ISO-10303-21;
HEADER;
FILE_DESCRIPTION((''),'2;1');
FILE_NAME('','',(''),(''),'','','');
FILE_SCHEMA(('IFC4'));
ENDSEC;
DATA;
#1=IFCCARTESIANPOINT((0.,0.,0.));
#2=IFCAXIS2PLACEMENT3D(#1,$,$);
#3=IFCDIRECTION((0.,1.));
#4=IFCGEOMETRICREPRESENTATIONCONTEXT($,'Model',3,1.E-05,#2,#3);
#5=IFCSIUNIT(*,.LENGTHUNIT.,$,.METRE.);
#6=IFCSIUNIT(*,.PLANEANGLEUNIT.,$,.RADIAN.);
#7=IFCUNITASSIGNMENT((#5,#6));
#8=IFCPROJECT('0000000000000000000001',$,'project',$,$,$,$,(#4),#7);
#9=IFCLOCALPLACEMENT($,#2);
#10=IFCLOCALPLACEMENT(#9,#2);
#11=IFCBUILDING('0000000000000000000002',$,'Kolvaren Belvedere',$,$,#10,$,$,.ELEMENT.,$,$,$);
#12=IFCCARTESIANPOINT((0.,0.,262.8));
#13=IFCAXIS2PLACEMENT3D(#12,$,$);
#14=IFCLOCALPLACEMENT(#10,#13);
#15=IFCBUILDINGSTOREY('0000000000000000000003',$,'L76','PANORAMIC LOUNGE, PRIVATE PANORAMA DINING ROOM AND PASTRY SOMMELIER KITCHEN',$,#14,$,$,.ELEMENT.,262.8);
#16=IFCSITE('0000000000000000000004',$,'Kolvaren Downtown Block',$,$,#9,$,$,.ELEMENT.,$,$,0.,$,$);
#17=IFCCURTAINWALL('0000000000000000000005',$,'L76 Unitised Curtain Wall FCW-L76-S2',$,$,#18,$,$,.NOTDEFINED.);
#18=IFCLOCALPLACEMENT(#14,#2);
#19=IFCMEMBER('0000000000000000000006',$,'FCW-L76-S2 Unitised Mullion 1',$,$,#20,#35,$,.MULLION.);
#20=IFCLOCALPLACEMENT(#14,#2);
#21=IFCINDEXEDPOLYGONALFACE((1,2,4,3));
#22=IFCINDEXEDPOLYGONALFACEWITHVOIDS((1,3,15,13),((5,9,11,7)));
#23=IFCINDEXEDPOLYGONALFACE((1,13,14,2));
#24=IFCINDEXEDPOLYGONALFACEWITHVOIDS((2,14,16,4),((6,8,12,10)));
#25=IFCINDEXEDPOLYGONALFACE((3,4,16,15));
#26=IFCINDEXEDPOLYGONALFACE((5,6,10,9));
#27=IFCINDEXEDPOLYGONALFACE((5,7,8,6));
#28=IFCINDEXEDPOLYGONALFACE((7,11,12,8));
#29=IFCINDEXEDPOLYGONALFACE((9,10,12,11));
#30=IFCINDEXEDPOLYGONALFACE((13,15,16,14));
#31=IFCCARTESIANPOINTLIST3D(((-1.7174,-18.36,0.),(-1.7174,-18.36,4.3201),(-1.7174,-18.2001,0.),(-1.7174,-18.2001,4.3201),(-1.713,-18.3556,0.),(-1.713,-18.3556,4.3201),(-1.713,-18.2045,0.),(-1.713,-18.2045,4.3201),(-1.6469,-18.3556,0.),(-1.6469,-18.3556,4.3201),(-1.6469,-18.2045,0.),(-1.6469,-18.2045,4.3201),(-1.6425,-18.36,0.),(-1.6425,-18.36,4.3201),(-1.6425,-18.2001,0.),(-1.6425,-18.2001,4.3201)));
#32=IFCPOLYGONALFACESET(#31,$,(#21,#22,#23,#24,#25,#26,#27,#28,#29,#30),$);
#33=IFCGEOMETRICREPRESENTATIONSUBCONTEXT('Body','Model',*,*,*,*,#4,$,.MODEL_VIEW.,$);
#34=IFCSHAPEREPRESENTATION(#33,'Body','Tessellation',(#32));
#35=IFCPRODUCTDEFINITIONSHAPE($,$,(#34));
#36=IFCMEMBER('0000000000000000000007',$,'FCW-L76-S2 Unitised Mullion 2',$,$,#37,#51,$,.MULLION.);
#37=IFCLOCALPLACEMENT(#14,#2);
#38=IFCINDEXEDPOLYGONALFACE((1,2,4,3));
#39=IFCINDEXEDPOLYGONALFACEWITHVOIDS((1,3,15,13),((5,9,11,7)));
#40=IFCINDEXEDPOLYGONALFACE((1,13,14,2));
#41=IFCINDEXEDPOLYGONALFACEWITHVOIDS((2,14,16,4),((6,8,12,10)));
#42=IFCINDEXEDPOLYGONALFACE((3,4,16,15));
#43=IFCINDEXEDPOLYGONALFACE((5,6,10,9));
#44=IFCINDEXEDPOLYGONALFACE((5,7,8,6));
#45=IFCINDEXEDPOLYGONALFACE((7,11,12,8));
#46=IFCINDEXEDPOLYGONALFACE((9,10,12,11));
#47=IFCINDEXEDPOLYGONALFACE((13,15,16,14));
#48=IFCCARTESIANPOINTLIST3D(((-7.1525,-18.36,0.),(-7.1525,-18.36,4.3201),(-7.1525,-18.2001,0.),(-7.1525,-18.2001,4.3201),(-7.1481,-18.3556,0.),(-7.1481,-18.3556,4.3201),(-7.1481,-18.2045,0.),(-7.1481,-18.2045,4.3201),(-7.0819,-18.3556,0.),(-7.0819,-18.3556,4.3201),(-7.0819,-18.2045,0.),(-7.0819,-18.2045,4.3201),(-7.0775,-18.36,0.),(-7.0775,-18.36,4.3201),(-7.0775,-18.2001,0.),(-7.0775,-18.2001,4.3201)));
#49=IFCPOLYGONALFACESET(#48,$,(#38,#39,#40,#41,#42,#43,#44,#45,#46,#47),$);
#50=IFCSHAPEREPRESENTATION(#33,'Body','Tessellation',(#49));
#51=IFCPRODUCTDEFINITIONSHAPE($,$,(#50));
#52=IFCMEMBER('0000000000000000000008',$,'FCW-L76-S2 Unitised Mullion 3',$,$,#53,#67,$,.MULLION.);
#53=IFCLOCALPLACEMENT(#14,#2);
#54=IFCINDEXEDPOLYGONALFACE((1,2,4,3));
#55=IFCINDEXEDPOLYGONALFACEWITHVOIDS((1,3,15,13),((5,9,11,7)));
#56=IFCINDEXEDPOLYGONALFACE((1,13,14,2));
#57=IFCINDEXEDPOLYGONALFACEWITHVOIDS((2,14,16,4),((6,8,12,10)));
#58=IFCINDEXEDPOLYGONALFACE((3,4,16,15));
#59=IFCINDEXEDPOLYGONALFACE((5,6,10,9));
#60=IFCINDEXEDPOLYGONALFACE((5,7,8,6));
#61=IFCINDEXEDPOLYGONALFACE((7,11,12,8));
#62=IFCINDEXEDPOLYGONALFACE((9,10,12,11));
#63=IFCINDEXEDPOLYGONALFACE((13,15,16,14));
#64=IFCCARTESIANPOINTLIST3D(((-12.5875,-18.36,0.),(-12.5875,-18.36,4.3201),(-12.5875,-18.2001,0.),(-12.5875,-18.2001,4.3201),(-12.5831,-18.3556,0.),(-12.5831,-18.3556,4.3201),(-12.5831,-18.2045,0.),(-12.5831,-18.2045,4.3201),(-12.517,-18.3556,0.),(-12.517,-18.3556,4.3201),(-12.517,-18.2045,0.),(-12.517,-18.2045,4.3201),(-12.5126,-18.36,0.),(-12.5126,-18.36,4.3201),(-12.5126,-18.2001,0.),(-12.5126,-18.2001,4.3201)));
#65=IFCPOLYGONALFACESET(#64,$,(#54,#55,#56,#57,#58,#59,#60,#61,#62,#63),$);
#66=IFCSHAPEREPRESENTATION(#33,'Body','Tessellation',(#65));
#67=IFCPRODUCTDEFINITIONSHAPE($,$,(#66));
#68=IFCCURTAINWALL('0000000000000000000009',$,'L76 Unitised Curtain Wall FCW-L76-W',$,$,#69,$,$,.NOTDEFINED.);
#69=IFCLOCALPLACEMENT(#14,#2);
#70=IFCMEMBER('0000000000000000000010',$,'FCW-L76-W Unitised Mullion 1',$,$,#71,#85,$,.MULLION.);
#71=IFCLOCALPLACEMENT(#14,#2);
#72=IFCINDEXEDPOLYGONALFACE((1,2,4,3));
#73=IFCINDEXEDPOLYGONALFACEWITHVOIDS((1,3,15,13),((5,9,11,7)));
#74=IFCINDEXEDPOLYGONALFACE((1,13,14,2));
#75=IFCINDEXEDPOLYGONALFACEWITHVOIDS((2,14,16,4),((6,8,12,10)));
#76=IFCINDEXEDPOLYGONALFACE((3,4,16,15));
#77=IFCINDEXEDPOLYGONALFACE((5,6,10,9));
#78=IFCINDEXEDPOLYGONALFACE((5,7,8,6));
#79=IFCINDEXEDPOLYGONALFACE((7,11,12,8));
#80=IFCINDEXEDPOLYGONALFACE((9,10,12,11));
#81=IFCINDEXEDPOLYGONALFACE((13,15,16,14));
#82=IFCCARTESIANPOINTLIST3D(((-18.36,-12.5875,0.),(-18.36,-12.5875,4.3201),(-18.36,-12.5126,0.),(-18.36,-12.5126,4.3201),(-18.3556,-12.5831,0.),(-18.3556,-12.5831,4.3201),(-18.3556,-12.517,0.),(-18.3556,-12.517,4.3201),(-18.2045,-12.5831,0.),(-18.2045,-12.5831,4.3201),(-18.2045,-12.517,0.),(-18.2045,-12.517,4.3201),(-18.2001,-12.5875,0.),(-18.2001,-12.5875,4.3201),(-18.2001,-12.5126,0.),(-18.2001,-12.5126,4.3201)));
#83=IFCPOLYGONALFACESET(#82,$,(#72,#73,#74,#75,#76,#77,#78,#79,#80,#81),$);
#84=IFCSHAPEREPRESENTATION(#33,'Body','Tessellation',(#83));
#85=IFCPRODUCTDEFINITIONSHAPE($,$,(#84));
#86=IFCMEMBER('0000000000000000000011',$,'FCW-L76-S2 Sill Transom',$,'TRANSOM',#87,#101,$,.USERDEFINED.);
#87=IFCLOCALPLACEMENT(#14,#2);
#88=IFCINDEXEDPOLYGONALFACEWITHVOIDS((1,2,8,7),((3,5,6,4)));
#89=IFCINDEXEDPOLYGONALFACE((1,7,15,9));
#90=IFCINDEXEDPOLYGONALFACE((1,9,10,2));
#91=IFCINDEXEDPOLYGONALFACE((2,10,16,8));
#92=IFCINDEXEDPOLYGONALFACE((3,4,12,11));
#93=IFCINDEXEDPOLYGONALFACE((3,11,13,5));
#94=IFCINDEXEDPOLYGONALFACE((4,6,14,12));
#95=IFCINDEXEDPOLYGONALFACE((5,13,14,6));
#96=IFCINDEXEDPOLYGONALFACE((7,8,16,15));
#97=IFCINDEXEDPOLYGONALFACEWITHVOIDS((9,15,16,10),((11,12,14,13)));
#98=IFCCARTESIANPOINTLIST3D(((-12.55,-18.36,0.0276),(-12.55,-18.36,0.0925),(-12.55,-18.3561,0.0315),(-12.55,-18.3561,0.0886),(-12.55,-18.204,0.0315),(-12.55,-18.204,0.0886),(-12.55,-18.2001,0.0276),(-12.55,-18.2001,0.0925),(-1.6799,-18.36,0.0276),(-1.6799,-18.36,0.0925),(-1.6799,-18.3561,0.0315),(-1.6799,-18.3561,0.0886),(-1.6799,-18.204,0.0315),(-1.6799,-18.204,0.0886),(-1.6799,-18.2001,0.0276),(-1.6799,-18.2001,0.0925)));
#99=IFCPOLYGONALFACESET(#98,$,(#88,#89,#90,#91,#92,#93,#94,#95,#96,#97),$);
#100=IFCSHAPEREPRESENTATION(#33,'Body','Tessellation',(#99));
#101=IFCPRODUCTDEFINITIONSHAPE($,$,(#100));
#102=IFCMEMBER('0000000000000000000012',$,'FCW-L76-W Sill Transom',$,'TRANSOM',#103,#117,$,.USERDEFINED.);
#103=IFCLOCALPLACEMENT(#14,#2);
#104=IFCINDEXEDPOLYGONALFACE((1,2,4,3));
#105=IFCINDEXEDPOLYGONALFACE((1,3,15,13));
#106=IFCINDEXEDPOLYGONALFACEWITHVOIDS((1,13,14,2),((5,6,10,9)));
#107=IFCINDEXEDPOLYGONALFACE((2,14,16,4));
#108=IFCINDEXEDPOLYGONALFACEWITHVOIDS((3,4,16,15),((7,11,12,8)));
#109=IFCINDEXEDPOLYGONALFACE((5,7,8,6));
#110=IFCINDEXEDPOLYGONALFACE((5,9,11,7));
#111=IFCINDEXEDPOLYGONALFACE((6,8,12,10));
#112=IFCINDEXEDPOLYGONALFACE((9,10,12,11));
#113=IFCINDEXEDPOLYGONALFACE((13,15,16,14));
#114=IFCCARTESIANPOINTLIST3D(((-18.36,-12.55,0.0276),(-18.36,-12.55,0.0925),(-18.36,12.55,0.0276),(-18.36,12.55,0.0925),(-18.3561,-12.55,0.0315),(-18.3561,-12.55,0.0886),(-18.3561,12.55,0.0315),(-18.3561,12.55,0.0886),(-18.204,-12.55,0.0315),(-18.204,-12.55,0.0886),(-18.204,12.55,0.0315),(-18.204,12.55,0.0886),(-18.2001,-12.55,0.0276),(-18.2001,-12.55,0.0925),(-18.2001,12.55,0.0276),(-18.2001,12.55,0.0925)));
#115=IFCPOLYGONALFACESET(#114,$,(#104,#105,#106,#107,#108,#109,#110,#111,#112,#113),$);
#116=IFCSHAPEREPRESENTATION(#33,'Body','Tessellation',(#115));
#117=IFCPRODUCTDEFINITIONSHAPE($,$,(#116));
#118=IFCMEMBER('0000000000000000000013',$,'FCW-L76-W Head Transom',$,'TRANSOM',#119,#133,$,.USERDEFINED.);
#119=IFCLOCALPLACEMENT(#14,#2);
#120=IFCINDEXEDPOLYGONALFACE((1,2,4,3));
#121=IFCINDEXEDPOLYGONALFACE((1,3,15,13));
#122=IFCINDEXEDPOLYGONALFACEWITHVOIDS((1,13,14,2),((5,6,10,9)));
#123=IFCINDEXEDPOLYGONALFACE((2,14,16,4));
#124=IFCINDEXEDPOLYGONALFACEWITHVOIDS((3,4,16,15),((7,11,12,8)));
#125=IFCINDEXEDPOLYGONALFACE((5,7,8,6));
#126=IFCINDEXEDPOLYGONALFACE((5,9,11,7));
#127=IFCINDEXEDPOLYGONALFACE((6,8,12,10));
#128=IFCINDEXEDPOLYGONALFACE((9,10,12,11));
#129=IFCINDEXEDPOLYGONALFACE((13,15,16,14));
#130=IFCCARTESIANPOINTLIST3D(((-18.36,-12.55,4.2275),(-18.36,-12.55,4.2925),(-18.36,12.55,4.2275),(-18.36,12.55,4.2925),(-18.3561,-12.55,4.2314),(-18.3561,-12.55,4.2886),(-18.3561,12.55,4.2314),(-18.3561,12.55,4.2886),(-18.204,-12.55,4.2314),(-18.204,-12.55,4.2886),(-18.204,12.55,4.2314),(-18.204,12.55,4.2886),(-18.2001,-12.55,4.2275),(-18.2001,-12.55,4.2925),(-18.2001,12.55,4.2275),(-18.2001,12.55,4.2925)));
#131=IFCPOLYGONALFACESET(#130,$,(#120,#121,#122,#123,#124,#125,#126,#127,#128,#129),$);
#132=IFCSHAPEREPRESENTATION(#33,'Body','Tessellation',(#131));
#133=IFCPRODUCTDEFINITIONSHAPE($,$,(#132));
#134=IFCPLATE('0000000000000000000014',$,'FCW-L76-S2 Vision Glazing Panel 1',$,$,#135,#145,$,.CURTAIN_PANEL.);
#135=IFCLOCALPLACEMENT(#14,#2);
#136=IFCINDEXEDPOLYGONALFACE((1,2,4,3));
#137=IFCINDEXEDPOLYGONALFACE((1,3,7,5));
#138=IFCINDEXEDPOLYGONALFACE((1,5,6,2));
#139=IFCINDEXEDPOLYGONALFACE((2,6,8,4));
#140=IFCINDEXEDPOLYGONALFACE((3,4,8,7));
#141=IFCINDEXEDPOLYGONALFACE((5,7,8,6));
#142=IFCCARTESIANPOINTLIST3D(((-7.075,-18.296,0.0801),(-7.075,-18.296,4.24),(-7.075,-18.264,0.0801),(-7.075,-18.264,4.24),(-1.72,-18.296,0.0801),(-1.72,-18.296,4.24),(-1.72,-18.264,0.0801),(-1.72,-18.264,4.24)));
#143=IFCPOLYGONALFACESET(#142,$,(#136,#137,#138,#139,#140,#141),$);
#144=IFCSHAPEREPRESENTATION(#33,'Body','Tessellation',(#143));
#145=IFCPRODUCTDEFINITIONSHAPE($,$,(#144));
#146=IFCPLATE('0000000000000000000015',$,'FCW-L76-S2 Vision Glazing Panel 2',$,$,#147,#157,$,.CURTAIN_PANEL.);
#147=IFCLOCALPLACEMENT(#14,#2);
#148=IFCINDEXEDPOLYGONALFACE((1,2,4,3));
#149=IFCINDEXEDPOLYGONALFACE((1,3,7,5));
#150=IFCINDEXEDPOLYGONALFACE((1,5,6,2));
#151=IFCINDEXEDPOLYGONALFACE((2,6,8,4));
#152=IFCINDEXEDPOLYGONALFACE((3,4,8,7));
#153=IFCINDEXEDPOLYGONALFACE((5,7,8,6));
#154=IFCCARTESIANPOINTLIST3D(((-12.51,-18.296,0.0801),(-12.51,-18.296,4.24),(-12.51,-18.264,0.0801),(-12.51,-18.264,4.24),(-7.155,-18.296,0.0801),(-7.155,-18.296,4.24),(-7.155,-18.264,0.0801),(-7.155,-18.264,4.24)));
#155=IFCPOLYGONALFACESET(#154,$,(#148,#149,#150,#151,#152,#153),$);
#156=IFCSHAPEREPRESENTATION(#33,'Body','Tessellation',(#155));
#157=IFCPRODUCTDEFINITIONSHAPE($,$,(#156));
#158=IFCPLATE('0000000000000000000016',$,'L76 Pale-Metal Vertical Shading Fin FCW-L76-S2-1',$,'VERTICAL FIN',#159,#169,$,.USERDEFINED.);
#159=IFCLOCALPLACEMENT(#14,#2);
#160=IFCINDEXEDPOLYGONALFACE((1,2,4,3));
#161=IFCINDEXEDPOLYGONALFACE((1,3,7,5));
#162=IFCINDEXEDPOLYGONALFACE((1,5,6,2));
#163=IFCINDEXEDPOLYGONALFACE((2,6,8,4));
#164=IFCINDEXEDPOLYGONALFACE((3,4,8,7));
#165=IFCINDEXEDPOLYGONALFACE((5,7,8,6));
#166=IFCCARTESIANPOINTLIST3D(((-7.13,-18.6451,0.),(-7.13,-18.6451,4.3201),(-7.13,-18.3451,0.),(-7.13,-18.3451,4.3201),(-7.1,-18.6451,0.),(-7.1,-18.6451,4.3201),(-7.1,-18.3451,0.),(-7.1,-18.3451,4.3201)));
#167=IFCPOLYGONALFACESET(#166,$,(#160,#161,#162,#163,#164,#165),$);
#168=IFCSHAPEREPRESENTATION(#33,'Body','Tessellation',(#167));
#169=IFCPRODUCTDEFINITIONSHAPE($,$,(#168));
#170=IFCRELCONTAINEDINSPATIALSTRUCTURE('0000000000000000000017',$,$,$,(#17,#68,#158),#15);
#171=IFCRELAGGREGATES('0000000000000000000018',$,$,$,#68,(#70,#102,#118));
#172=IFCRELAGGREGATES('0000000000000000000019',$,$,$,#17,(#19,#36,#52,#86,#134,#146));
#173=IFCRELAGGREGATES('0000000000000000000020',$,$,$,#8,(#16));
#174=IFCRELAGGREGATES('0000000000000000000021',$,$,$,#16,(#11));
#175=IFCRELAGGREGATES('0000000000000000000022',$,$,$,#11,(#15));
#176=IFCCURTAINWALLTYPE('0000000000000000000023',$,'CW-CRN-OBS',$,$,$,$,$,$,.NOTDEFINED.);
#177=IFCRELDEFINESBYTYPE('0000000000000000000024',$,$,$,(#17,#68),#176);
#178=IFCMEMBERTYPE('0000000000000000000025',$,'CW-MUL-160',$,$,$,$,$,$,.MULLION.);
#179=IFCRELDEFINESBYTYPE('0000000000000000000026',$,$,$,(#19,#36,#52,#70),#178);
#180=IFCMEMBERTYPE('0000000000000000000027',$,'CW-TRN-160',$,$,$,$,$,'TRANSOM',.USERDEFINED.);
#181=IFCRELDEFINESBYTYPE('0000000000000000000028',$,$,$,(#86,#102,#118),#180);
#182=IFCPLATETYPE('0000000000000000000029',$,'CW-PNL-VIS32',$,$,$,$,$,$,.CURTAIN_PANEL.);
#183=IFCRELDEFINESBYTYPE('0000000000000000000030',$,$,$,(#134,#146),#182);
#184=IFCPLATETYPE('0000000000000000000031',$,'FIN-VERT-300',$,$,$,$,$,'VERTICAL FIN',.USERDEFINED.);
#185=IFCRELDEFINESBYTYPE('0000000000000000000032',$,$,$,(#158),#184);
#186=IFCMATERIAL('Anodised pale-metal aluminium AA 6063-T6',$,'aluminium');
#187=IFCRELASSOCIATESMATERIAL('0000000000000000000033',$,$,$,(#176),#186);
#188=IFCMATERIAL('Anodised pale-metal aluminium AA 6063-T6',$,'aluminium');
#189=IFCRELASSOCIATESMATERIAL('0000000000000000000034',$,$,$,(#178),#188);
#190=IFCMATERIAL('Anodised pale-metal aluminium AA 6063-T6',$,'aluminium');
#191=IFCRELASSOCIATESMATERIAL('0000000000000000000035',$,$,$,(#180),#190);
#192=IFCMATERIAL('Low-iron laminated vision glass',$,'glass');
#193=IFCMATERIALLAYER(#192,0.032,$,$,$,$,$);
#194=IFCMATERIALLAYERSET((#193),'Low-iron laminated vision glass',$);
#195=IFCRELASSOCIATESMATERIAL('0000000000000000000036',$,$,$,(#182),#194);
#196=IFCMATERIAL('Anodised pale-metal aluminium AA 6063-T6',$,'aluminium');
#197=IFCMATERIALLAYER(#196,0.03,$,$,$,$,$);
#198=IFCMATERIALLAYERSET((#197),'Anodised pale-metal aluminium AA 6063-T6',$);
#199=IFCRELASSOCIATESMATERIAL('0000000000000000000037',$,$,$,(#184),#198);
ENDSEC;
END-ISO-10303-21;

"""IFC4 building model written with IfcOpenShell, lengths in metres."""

from ifc_helpers import new_model, si_unit, direction, frame, origin, origin_2d, place, context, subcontext, project, spatial, rectangle, hollow_rectangle, extrude, material, layer, layer_set, material_profile, profile_set, type_object, element, aggregate, save


model = new_model("IFC4")

# Units and contexts
model_context = context("Model", 3, precision=1e-05, world=origin(), true_north=direction((0.0, 1.0)))
body_context = subcontext(model_context, "Body", "Model", "MODEL_VIEW")
ifc_project = project(units=[si_unit("LENGTHUNIT", "METRE"), si_unit("PLANEANGLEUNIT", "RADIAN")], contexts=[model_context])

# Site, building, storey
site_placement = place(None, origin())
site = spatial("IfcSite", under=ifc_project, at=site_placement, Name="Kolvaren Downtown Block", CompositionType="ELEMENT", RefElevation=0.0)
building_placement = place(site_placement, origin())
building = spatial("IfcBuilding", under=site, at=building_placement, Name="Kolvaren Belvedere", CompositionType="ELEMENT")
storey_placement = place(building_placement, frame((0.0, 0.0, 262.8)))
storey = spatial("IfcBuildingStorey", under=building, at=storey_placement, Name="L76", Description="PANORAMIC LOUNGE, PRIVATE PANORAMA DINING ROOM AND PASTRY SOMMELIER KITCHEN", CompositionType="ELEMENT", Elevation=262.8)

# Curtain wall, members
ifc_material_1 = material(Name="Anodised pale-metal aluminium AA 6063-T6", Category="aluminium")
curtain_wall_type = type_object("IfcCurtainWallType", Name="CW-CRN-OBS", PredefinedType="NOTDEFINED", material=ifc_material_1)
curtain_wall_1_placement = place(storey_placement, origin())
curtain_wall_1 = element("IfcCurtainWall", 1, at=curtain_wall_1_placement, inside=storey, type_object=curtain_wall_type, Name="L76 Unitised Curtain Wall FCW-L76-S2", PredefinedType="NOTDEFINED")
ifc_material_2 = material(Name="Anodised pale-metal aluminium AA 6063-T6", Category="aluminium")
ifc_material_profile_1 = material_profile(ifc_material_2, hollow_rectangle(XDim=0.075, YDim=0.1599, WallThickness=0.0044, at=origin_2d()), Name="ALU-MUL-160X75")
ifc_profile_set_1 = profile_set([ifc_material_profile_1], Name="Anodised pale-metal aluminium AA 6063-T6")
member_type_1 = type_object("IfcMemberType", Name="CW-MUL-160", PredefinedType="MULLION", material=ifc_profile_set_1)
member_1_placement = place(storey_placement, frame((-1.6799, -18.28, 0.0), z_axis=(0.0, 0.0, 1.0), x_axis=(1.0, 0.0, 0.0)))
member_1 = element("IfcMember", 2, at=member_1_placement, type_object=member_type_1, Name="FCW-L76-S2 Unitised Mullion 1", PredefinedType="MULLION", context=body_context, shape_type="SweptSolid", body=[
    extrude(hollow_rectangle(XDim=0.075, YDim=0.1599, WallThickness=0.0044, at=origin_2d()), origin(), (0.0, 0.0, 1.0), 4.3201),
])
member_2_placement = place(storey_placement, frame((-7.115, -18.28, 0.0), z_axis=(0.0, 0.0, 1.0), x_axis=(1.0, 0.0, 0.0)))
member_2 = element("IfcMember", 3, at=member_2_placement, type_object=member_type_1, Name="FCW-L76-S2 Unitised Mullion 2", PredefinedType="MULLION", context=body_context, shape_type="SweptSolid", body=[
    extrude(hollow_rectangle(XDim=0.075, YDim=0.1599, WallThickness=0.0044, at=origin_2d()), origin(), (0.0, 0.0, 1.0), 4.3201),
])
member_3_placement = place(storey_placement, frame((-12.55, -18.28, 0.0), z_axis=(0.0, 0.0, 1.0), x_axis=(1.0, 0.0, 0.0)))
member_3 = element("IfcMember", 4, at=member_3_placement, type_object=member_type_1, Name="FCW-L76-S2 Unitised Mullion 3", PredefinedType="MULLION", context=body_context, shape_type="SweptSolid", body=[
    extrude(hollow_rectangle(XDim=0.075, YDim=0.1599, WallThickness=0.0044, at=origin_2d()), origin(), (0.0, 0.0, 1.0), 4.3201),
])

# Curtain wall, member
curtain_wall_2_placement = place(storey_placement, origin())
curtain_wall_2 = element("IfcCurtainWall", 5, at=curtain_wall_2_placement, inside=storey, type_object=curtain_wall_type, Name="L76 Unitised Curtain Wall FCW-L76-W", PredefinedType="NOTDEFINED")
member_4_placement = place(storey_placement, frame((-18.28, -12.55, 0.0), z_axis=(0.0, 0.0, 1.0), x_axis=(0.0, 1.0, 0.0)))
member_4 = element("IfcMember", 6, at=member_4_placement, type_object=member_type_1, Name="FCW-L76-W Unitised Mullion 1", PredefinedType="MULLION", context=body_context, shape_type="SweptSolid", body=[
    extrude(hollow_rectangle(XDim=0.075, YDim=0.1599, WallThickness=0.0044, at=origin_2d()), origin(), (0.0, 0.0, 1.0), 4.3201),
])

# Members
ifc_material_3 = material(Name="Anodised pale-metal aluminium AA 6063-T6", Category="aluminium")
ifc_material_profile_2 = material_profile(ifc_material_3, hollow_rectangle(XDim=0.0649, YDim=0.1599, WallThickness=0.0039, at=origin_2d()), Name="ALU-TRN-160X65")
ifc_profile_set_2 = profile_set([ifc_material_profile_2], Name="Anodised pale-metal aluminium AA 6063-T6")
member_type_2 = type_object("IfcMemberType", Name="CW-TRN-160", ElementType="TRANSOM", PredefinedType="USERDEFINED", material=ifc_profile_set_2)
member_5_placement = place(storey_placement, frame((-1.6799, -18.28, 0.0601), z_axis=(-1.0, 0.0, 0.0), x_axis=(0.0, 0.0, 1.0)))
member_5 = element("IfcMember", 7, at=member_5_placement, type_object=member_type_2, Name="FCW-L76-S2 Sill Transom", ObjectType="TRANSOM", PredefinedType="USERDEFINED", context=body_context, shape_type="SweptSolid", body=[
    extrude(hollow_rectangle(XDim=0.0649, YDim=0.1599, WallThickness=0.0039, at=origin_2d()), origin(), (0.0, 0.0, 1.0), 10.8701),
])
member_6_placement = place(storey_placement, frame((-18.28, -12.55, 0.0601), z_axis=(0.0, 1.0, 0.0), x_axis=(0.0, 0.0, 1.0)))
member_6 = element("IfcMember", 8, at=member_6_placement, type_object=member_type_2, Name="FCW-L76-W Sill Transom", ObjectType="TRANSOM", PredefinedType="USERDEFINED", context=body_context, shape_type="SweptSolid", body=[
    extrude(hollow_rectangle(XDim=0.0649, YDim=0.1599, WallThickness=0.0039, at=origin_2d()), origin(), (0.0, 0.0, 1.0), 25.1001),
])
member_7_placement = place(storey_placement, frame((-18.28, -12.55, 4.26), z_axis=(0.0, 1.0, 0.0), x_axis=(0.0, 0.0, 1.0)))
member_7 = element("IfcMember", 9, at=member_7_placement, type_object=member_type_2, Name="FCW-L76-W Head Transom", ObjectType="TRANSOM", PredefinedType="USERDEFINED", context=body_context, shape_type="SweptSolid", body=[
    extrude(hollow_rectangle(XDim=0.0649, YDim=0.1599, WallThickness=0.0039, at=origin_2d()), origin(), (0.0, 0.0, 1.0), 25.1001),
])
aggregate(curtain_wall_2, [member_4, member_6, member_7])

# Plates
ifc_material_4 = material(Name="Low-iron laminated vision glass", Category="glass")
ifc_layer_1 = layer(ifc_material_4, 0.032)
ifc_layer_set_1 = layer_set([ifc_layer_1], Name="Low-iron laminated vision glass")
plate_type_1 = type_object("IfcPlateType", Name="CW-PNL-VIS32", PredefinedType="CURTAIN_PANEL", material=ifc_layer_set_1)
plate_1_placement = place(storey_placement, frame((-4.3975, -18.28, 0.0801), z_axis=(0.0, 0.0, 1.0), x_axis=(-1.0, 0.0, 0.0)))
plate_1 = element("IfcPlate", 10, at=plate_1_placement, type_object=plate_type_1, Name="FCW-L76-S2 Vision Glazing Panel 1", PredefinedType="CURTAIN_PANEL", context=body_context, shape_type="SweptSolid", body=[
    extrude(rectangle(XDim=5.355, YDim=0.032, at=origin_2d()), origin(), (0.0, 0.0, 1.0), 4.1599),
])
plate_2_placement = place(storey_placement, frame((-9.8325, -18.28, 0.0801), z_axis=(0.0, 0.0, 1.0), x_axis=(-1.0, 0.0, 0.0)))
plate_2 = element("IfcPlate", 11, at=plate_2_placement, type_object=plate_type_1, Name="FCW-L76-S2 Vision Glazing Panel 2", PredefinedType="CURTAIN_PANEL", context=body_context, shape_type="SweptSolid", body=[
    extrude(rectangle(XDim=5.355, YDim=0.032, at=origin_2d()), origin(), (0.0, 0.0, 1.0), 4.1599),
])
aggregate(curtain_wall_1, [member_1, member_2, member_3, member_5, plate_1, plate_2])
ifc_material_5 = material(Name="Anodised pale-metal aluminium AA 6063-T6", Category="aluminium")
ifc_layer_2 = layer(ifc_material_5, 0.03)
ifc_layer_set_2 = layer_set([ifc_layer_2], Name="Anodised pale-metal aluminium AA 6063-T6")
plate_type_2 = type_object("IfcPlateType", Name="FIN-VERT-300", ElementType="VERTICAL FIN", PredefinedType="USERDEFINED", material=ifc_layer_set_2)
plate_3_placement = place(storey_placement, frame((-7.115, -18.4951, 0.0), z_axis=(0.0, 0.0, 1.0), x_axis=(0.0, 1.0, 0.0)))
element("IfcPlate", 12, at=plate_3_placement, inside=storey, type_object=plate_type_2, Name="L76 Pale-Metal Vertical Shading Fin FCW-L76-S2-1", ObjectType="VERTICAL FIN", PredefinedType="USERDEFINED", context=body_context, shape_type="SweptSolid", body=[
    extrude(rectangle(XDim=0.3, YDim=0.03, at=origin_2d()), origin(), (0.0, 0.0, 1.0), 4.3201),
])

save(model, "model.ifc")
